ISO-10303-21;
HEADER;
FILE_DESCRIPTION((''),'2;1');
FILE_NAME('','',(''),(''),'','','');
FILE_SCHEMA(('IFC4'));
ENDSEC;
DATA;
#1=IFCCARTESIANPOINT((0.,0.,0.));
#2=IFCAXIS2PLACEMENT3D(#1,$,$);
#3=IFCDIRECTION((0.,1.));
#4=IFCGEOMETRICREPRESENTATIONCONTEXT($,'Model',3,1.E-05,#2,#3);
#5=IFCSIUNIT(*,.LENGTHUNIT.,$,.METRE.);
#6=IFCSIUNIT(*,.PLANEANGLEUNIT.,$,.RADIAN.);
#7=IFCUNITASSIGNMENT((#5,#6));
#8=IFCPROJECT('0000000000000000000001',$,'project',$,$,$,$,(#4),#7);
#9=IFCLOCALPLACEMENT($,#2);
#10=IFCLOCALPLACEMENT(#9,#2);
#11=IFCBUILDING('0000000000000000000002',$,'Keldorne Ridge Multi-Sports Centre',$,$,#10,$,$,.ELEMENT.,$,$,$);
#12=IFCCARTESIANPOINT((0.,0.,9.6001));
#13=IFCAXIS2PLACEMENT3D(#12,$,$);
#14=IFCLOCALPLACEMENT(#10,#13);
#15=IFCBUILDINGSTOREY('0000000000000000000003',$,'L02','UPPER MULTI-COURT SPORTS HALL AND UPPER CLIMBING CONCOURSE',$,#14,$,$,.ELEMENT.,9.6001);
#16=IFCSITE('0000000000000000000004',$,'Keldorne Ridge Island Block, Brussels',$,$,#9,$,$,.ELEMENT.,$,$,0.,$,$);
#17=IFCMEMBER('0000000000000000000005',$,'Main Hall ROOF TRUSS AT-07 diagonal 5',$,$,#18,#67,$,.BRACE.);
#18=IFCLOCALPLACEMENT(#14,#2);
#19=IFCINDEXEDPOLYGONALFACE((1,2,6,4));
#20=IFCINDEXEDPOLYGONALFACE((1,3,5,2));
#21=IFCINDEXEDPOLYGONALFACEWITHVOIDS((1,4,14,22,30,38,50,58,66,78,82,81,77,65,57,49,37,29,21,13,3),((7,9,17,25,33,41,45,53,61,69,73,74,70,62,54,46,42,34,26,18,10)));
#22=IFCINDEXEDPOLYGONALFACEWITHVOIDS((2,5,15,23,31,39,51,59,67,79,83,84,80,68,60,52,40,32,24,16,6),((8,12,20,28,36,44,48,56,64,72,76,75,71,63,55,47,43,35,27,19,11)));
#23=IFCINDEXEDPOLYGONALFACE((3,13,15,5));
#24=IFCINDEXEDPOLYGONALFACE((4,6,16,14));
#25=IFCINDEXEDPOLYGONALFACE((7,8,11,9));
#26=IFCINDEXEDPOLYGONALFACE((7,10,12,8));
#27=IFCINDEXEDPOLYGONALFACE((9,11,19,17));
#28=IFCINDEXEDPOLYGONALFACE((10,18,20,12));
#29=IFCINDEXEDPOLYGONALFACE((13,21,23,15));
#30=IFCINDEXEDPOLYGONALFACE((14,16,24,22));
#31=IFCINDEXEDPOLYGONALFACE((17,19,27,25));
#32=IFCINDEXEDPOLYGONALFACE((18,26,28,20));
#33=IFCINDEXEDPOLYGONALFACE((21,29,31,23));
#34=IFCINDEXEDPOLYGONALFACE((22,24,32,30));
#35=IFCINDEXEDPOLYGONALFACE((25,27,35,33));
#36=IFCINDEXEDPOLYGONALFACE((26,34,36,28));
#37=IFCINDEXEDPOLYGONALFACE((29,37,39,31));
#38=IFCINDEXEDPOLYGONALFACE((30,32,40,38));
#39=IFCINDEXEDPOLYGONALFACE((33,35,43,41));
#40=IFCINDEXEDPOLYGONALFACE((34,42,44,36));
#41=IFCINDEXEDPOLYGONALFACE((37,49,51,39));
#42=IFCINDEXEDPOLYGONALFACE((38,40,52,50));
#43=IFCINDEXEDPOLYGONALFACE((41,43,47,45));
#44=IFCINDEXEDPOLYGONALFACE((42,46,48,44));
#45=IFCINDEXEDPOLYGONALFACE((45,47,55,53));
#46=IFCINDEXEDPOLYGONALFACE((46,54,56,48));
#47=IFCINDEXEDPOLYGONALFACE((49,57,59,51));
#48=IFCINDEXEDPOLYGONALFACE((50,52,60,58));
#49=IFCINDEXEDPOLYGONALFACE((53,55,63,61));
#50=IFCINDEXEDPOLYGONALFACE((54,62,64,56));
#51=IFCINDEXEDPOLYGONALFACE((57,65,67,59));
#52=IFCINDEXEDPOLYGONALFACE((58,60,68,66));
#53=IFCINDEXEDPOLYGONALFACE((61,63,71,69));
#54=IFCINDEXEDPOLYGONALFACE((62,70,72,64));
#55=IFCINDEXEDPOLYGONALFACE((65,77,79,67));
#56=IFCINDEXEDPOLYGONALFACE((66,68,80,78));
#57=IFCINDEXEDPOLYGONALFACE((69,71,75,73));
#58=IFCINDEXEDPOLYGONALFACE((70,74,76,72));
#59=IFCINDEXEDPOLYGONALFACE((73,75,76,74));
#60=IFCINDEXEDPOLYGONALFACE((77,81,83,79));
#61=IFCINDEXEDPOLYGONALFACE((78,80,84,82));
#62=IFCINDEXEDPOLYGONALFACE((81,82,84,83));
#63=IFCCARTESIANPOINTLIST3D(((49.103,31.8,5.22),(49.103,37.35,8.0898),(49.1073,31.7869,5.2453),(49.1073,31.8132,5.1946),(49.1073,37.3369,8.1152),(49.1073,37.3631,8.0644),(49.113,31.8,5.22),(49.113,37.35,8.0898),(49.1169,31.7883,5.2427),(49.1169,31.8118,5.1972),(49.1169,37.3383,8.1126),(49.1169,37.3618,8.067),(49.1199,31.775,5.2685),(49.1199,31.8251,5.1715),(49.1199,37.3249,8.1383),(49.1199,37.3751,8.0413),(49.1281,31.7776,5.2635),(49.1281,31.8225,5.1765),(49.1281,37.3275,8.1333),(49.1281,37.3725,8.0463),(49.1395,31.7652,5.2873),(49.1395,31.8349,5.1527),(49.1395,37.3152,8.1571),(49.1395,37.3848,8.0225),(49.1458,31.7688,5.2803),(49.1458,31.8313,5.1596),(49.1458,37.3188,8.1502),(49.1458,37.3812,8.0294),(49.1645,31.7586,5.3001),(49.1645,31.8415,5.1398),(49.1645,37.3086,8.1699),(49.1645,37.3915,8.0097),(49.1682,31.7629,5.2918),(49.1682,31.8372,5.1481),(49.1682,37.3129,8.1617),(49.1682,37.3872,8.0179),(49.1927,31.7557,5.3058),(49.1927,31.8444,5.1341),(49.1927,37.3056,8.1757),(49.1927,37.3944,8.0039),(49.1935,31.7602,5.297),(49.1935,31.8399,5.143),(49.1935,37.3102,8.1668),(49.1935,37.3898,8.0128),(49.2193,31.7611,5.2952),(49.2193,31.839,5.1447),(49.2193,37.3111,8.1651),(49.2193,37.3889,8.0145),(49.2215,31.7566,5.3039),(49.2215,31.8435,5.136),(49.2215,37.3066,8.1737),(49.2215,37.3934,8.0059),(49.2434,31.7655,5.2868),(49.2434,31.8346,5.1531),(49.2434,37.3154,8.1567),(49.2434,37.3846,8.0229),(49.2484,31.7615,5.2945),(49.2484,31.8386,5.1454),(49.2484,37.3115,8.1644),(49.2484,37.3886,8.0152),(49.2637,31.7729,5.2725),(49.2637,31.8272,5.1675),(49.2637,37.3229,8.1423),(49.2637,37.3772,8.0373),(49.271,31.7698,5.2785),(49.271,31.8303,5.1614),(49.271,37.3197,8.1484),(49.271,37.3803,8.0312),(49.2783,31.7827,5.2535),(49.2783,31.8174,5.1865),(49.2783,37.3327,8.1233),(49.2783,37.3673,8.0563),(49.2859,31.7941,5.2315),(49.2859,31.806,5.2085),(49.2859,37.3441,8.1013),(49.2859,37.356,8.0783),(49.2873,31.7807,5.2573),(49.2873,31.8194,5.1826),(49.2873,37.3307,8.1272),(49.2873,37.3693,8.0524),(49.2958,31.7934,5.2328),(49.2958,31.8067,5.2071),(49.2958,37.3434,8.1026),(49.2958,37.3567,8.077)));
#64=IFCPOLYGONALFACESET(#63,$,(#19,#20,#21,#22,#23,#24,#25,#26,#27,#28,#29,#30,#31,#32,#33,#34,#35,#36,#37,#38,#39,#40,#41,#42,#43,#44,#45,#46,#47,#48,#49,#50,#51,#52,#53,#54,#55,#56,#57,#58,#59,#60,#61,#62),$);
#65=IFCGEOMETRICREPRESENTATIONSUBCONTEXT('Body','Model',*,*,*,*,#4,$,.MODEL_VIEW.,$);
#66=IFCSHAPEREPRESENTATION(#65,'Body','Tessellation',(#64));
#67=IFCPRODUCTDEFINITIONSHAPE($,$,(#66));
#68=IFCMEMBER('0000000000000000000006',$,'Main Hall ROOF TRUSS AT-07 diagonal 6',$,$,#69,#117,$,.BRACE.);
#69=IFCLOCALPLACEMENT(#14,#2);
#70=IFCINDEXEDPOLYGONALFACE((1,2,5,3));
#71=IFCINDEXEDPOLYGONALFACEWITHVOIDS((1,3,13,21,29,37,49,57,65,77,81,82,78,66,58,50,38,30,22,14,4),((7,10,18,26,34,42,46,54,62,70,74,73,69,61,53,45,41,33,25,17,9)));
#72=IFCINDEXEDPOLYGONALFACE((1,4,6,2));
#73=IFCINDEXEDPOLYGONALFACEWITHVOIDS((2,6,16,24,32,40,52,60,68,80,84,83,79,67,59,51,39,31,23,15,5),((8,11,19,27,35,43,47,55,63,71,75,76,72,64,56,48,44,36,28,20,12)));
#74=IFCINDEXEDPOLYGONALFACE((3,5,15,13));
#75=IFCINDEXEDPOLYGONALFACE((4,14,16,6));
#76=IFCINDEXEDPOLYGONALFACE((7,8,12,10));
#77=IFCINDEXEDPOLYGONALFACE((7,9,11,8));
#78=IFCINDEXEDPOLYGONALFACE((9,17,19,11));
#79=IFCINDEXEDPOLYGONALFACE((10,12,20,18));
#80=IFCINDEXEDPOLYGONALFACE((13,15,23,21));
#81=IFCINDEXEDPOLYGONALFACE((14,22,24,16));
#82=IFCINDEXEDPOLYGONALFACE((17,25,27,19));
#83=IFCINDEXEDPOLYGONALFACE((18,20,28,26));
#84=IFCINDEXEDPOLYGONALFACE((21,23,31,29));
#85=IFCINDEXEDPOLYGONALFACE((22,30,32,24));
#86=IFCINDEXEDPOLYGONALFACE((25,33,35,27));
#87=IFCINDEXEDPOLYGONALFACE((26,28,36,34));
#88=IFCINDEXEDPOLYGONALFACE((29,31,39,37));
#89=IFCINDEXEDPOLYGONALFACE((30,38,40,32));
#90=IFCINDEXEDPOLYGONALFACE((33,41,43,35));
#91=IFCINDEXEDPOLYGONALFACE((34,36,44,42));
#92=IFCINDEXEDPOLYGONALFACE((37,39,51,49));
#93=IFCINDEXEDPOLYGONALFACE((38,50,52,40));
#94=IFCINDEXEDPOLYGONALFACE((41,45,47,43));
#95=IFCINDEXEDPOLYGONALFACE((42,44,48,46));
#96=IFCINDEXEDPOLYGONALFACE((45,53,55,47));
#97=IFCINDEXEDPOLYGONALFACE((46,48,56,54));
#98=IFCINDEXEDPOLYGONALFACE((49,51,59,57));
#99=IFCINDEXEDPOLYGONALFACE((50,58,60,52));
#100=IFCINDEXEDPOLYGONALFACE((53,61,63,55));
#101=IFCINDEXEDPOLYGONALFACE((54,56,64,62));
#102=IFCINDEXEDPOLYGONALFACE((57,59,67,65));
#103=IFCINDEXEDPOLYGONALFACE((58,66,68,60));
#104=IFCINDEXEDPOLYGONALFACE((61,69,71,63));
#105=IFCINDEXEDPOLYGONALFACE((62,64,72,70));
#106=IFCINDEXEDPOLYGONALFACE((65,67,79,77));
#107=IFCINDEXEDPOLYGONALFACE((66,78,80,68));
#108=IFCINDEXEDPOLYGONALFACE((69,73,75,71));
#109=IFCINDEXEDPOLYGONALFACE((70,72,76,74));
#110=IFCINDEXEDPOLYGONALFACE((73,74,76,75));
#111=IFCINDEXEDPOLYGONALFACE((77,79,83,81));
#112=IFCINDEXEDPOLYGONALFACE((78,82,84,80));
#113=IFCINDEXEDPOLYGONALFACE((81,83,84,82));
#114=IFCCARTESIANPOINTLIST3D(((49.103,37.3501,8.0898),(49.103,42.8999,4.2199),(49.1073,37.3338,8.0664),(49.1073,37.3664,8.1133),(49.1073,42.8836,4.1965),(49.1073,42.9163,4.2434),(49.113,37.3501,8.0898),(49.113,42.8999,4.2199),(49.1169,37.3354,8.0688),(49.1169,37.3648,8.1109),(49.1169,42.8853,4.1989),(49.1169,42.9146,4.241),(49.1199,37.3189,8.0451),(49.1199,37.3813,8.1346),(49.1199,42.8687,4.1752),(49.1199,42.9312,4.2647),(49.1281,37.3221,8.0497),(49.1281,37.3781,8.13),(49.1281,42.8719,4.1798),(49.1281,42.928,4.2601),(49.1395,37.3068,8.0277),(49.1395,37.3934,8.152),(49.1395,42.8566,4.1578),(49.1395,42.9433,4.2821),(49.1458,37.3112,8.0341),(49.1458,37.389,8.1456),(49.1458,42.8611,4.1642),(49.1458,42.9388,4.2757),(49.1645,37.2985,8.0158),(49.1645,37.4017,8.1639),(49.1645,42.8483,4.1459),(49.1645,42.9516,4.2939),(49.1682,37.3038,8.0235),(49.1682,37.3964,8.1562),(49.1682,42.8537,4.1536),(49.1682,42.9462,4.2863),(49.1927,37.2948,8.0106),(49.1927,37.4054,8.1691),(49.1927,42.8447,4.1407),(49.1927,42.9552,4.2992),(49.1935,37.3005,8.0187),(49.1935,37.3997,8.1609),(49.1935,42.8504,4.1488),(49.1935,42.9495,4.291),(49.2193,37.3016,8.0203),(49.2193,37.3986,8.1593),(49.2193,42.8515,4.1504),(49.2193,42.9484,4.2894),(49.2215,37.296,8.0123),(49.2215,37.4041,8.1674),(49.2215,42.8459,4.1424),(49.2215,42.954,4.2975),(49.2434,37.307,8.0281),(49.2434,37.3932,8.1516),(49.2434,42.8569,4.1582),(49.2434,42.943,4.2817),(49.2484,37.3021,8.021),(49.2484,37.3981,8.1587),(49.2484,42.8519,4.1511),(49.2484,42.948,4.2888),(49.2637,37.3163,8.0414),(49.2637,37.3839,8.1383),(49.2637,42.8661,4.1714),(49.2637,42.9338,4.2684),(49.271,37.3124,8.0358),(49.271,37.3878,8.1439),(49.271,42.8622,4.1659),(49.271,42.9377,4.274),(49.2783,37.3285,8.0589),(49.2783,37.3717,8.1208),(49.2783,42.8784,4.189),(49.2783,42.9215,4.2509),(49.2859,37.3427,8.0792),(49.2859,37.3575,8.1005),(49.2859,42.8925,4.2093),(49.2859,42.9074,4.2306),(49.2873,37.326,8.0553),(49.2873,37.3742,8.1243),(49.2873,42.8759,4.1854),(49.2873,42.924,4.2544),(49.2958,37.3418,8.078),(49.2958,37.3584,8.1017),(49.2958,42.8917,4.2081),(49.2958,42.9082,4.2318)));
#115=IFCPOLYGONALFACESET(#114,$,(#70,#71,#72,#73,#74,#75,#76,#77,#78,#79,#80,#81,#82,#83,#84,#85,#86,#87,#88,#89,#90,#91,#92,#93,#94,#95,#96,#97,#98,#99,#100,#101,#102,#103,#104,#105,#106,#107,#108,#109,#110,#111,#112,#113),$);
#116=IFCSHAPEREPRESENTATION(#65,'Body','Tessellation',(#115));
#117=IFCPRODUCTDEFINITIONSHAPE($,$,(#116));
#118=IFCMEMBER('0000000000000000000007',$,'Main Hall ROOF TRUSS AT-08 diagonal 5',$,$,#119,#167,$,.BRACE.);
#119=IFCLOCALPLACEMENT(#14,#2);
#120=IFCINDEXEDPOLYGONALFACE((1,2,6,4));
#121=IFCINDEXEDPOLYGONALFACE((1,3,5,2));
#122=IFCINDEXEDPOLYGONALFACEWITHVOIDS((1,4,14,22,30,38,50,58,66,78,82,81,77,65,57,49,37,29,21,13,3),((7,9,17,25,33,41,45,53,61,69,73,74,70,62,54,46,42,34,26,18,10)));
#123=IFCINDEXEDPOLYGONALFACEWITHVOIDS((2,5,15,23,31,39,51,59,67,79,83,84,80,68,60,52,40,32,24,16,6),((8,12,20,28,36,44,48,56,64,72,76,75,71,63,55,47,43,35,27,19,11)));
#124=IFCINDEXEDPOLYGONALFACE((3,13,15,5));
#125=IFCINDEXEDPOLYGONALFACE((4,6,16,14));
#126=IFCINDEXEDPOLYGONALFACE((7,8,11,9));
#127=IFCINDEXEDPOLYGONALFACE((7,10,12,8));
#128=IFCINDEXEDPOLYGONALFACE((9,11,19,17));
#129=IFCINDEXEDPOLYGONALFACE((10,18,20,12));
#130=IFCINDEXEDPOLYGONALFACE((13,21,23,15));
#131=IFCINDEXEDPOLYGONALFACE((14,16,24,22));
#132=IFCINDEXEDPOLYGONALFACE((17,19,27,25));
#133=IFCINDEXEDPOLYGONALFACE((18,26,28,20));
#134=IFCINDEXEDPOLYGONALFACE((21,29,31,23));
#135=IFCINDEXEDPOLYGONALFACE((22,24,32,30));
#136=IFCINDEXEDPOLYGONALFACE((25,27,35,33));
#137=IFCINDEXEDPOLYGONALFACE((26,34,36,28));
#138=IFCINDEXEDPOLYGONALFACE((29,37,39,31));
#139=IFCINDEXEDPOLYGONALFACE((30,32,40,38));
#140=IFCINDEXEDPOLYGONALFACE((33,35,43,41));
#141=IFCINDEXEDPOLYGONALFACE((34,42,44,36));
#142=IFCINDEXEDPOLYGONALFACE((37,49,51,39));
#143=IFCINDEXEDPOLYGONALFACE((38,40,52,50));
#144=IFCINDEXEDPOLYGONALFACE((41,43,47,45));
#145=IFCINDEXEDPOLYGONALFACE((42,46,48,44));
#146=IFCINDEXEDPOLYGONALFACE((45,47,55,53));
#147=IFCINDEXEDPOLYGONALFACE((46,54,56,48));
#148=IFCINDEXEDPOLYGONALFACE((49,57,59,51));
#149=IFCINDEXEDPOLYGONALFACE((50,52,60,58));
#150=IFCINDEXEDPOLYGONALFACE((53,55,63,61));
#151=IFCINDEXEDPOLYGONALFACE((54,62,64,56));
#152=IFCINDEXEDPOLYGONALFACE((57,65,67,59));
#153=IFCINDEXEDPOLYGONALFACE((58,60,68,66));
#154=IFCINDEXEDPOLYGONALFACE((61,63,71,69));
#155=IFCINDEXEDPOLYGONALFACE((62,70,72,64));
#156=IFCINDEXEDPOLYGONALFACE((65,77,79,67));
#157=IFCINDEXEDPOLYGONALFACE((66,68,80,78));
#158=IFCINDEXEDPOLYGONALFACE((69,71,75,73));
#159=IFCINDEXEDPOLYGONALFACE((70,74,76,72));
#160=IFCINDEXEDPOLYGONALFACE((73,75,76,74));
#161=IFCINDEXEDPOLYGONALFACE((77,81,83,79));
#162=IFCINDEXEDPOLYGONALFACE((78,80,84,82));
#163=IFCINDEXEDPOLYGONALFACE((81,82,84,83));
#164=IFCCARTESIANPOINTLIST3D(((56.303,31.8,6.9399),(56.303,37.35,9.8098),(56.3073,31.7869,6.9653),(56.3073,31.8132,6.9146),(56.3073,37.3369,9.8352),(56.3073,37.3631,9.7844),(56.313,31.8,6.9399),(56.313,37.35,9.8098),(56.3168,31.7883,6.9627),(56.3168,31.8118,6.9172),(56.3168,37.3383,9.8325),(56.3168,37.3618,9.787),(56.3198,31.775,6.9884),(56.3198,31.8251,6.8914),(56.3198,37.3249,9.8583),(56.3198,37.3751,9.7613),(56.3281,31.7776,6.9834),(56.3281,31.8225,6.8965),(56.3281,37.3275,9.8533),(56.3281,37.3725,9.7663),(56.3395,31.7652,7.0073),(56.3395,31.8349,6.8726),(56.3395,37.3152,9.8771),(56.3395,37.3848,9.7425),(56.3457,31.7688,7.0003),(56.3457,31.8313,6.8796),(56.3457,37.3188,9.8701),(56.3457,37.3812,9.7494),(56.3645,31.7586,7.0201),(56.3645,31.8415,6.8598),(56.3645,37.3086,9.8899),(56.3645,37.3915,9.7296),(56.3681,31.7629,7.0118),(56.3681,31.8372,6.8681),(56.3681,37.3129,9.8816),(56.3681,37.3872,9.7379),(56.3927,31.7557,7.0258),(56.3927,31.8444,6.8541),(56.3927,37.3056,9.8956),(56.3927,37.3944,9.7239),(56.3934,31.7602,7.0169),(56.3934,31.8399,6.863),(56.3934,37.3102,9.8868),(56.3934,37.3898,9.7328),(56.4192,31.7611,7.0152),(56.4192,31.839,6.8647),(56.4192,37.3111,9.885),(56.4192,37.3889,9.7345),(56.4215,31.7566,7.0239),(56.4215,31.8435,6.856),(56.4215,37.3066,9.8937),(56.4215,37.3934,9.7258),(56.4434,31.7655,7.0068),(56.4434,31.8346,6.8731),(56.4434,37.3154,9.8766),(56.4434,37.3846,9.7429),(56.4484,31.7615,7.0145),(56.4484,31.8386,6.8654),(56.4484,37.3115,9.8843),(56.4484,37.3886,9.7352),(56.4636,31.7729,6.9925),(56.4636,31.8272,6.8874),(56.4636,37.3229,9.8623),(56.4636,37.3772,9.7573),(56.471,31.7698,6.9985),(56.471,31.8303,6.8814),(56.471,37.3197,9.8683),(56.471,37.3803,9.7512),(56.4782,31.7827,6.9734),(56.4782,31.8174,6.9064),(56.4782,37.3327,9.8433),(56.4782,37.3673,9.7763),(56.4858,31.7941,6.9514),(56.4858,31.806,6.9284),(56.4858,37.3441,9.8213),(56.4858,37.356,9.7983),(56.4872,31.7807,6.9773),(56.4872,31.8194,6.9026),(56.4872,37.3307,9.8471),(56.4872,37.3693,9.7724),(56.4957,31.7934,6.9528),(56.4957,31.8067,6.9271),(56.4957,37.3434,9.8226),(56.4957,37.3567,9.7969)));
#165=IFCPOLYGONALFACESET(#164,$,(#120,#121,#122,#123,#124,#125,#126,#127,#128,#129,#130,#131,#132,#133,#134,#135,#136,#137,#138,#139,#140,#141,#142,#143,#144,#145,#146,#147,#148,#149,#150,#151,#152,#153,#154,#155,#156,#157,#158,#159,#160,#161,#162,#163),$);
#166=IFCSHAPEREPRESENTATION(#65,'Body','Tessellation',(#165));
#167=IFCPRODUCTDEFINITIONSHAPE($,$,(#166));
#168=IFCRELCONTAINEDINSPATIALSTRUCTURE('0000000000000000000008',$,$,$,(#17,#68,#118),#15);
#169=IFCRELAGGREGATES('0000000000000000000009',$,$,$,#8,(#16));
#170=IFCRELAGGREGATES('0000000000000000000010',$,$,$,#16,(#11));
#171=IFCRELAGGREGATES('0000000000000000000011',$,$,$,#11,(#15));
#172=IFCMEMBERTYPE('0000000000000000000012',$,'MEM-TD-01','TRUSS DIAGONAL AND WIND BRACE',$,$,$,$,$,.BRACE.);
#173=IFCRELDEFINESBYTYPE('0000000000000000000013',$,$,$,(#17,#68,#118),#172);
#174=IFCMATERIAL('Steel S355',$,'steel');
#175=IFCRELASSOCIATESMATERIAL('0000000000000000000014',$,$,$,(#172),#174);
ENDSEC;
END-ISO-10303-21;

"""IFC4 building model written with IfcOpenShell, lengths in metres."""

from ifc_helpers import new_model, si_unit, direction, frame, origin, origin_2d, place, context, subcontext, project, spatial, hollow_circle, extrude, material, material_profile, profile_set, type_object, element, save


model = new_model("IFC4")

# Units and contexts
model_context = context("Model", 3, precision=1e-05, world=origin(), true_north=direction((0.0, 1.0)))
body_context = subcontext(model_context, "Body", "Model", "MODEL_VIEW")
ifc_project = project(units=[si_unit("LENGTHUNIT", "METRE"), si_unit("PLANEANGLEUNIT", "RADIAN")], contexts=[model_context])

# Site, building, storey
site_placement = place(None, origin())
site = spatial("IfcSite", under=ifc_project, at=site_placement, Name="Keldorne Ridge Island Block, Brussels", CompositionType="ELEMENT", RefElevation=0.0)
building_placement = place(site_placement, origin())
building = spatial("IfcBuilding", under=site, at=building_placement, Name="Keldorne Ridge Multi-Sports Centre", CompositionType="ELEMENT")
storey_placement = place(building_placement, frame((0.0, 0.0, 9.6001)))
storey = spatial("IfcBuildingStorey", under=building, at=storey_placement, Name="L02", Description="UPPER MULTI-COURT SPORTS HALL AND UPPER CLIMBING CONCOURSE", CompositionType="ELEMENT", Elevation=9.6001)

# Members
ifc_material = material(Name="Steel S355", Category="steel")
ifc_material_profile_1 = material_profile(ifc_material, hollow_circle(Radius=0.0969, WallThickness=0.01, at=origin_2d()), Name="CHS 193.7x10")
ifc_profile_set_1 = profile_set([ifc_material_profile_1], Name="Steel S355")
member_type_1 = type_object("IfcMemberType", Name="MEM-TD-01", Description="TRUSS DIAGONAL AND WIND BRACE", PredefinedType="BRACE", material=ifc_profile_set_1)
member_1_placement = place(storey_placement, frame((49.2, 31.8, 5.22), z_axis=(0.0, 0.888273, 0.459317), x_axis=(-1.0, 0.0, 0.0)))
element("IfcMember", 1, at=member_1_placement, inside=storey, type_object=member_type_1, Name="Main Hall ROOF TRUSS AT-07 diagonal 5", PredefinedType="BRACE", context=body_context, shape_type="SweptSolid", body=[
    extrude(hollow_circle(Radius=0.0969, WallThickness=0.01, at=origin_2d()), origin(), (0.0, 0.0, 1.0), 6.248),
])
member_2_placement = place(storey_placement, frame((49.2, 37.3501, 8.0898), z_axis=(0.0, 0.820271, -0.571974), x_axis=(-1.0, 0.0, 0.0)))
element("IfcMember", 2, at=member_2_placement, inside=storey, type_object=member_type_1, Name="Main Hall ROOF TRUSS AT-07 diagonal 6", PredefinedType="BRACE", context=body_context, shape_type="SweptSolid", body=[
    extrude(hollow_circle(Radius=0.0969, WallThickness=0.01, at=origin_2d()), origin(), (0.0, 0.0, 1.0), 6.7659),
])
member_3_placement = place(storey_placement, frame((56.3999, 31.8, 6.9399), z_axis=(0.0, 0.888273, 0.459317), x_axis=(-1.0, 0.0, 0.0)))
element("IfcMember", 3, at=member_3_placement, inside=storey, type_object=member_type_1, Name="Main Hall ROOF TRUSS AT-08 diagonal 5", PredefinedType="BRACE", context=body_context, shape_type="SweptSolid", body=[
    extrude(hollow_circle(Radius=0.0969, WallThickness=0.01, at=origin_2d()), origin(), (0.0, 0.0, 1.0), 6.248),
])

save(model, "model.ifc")
